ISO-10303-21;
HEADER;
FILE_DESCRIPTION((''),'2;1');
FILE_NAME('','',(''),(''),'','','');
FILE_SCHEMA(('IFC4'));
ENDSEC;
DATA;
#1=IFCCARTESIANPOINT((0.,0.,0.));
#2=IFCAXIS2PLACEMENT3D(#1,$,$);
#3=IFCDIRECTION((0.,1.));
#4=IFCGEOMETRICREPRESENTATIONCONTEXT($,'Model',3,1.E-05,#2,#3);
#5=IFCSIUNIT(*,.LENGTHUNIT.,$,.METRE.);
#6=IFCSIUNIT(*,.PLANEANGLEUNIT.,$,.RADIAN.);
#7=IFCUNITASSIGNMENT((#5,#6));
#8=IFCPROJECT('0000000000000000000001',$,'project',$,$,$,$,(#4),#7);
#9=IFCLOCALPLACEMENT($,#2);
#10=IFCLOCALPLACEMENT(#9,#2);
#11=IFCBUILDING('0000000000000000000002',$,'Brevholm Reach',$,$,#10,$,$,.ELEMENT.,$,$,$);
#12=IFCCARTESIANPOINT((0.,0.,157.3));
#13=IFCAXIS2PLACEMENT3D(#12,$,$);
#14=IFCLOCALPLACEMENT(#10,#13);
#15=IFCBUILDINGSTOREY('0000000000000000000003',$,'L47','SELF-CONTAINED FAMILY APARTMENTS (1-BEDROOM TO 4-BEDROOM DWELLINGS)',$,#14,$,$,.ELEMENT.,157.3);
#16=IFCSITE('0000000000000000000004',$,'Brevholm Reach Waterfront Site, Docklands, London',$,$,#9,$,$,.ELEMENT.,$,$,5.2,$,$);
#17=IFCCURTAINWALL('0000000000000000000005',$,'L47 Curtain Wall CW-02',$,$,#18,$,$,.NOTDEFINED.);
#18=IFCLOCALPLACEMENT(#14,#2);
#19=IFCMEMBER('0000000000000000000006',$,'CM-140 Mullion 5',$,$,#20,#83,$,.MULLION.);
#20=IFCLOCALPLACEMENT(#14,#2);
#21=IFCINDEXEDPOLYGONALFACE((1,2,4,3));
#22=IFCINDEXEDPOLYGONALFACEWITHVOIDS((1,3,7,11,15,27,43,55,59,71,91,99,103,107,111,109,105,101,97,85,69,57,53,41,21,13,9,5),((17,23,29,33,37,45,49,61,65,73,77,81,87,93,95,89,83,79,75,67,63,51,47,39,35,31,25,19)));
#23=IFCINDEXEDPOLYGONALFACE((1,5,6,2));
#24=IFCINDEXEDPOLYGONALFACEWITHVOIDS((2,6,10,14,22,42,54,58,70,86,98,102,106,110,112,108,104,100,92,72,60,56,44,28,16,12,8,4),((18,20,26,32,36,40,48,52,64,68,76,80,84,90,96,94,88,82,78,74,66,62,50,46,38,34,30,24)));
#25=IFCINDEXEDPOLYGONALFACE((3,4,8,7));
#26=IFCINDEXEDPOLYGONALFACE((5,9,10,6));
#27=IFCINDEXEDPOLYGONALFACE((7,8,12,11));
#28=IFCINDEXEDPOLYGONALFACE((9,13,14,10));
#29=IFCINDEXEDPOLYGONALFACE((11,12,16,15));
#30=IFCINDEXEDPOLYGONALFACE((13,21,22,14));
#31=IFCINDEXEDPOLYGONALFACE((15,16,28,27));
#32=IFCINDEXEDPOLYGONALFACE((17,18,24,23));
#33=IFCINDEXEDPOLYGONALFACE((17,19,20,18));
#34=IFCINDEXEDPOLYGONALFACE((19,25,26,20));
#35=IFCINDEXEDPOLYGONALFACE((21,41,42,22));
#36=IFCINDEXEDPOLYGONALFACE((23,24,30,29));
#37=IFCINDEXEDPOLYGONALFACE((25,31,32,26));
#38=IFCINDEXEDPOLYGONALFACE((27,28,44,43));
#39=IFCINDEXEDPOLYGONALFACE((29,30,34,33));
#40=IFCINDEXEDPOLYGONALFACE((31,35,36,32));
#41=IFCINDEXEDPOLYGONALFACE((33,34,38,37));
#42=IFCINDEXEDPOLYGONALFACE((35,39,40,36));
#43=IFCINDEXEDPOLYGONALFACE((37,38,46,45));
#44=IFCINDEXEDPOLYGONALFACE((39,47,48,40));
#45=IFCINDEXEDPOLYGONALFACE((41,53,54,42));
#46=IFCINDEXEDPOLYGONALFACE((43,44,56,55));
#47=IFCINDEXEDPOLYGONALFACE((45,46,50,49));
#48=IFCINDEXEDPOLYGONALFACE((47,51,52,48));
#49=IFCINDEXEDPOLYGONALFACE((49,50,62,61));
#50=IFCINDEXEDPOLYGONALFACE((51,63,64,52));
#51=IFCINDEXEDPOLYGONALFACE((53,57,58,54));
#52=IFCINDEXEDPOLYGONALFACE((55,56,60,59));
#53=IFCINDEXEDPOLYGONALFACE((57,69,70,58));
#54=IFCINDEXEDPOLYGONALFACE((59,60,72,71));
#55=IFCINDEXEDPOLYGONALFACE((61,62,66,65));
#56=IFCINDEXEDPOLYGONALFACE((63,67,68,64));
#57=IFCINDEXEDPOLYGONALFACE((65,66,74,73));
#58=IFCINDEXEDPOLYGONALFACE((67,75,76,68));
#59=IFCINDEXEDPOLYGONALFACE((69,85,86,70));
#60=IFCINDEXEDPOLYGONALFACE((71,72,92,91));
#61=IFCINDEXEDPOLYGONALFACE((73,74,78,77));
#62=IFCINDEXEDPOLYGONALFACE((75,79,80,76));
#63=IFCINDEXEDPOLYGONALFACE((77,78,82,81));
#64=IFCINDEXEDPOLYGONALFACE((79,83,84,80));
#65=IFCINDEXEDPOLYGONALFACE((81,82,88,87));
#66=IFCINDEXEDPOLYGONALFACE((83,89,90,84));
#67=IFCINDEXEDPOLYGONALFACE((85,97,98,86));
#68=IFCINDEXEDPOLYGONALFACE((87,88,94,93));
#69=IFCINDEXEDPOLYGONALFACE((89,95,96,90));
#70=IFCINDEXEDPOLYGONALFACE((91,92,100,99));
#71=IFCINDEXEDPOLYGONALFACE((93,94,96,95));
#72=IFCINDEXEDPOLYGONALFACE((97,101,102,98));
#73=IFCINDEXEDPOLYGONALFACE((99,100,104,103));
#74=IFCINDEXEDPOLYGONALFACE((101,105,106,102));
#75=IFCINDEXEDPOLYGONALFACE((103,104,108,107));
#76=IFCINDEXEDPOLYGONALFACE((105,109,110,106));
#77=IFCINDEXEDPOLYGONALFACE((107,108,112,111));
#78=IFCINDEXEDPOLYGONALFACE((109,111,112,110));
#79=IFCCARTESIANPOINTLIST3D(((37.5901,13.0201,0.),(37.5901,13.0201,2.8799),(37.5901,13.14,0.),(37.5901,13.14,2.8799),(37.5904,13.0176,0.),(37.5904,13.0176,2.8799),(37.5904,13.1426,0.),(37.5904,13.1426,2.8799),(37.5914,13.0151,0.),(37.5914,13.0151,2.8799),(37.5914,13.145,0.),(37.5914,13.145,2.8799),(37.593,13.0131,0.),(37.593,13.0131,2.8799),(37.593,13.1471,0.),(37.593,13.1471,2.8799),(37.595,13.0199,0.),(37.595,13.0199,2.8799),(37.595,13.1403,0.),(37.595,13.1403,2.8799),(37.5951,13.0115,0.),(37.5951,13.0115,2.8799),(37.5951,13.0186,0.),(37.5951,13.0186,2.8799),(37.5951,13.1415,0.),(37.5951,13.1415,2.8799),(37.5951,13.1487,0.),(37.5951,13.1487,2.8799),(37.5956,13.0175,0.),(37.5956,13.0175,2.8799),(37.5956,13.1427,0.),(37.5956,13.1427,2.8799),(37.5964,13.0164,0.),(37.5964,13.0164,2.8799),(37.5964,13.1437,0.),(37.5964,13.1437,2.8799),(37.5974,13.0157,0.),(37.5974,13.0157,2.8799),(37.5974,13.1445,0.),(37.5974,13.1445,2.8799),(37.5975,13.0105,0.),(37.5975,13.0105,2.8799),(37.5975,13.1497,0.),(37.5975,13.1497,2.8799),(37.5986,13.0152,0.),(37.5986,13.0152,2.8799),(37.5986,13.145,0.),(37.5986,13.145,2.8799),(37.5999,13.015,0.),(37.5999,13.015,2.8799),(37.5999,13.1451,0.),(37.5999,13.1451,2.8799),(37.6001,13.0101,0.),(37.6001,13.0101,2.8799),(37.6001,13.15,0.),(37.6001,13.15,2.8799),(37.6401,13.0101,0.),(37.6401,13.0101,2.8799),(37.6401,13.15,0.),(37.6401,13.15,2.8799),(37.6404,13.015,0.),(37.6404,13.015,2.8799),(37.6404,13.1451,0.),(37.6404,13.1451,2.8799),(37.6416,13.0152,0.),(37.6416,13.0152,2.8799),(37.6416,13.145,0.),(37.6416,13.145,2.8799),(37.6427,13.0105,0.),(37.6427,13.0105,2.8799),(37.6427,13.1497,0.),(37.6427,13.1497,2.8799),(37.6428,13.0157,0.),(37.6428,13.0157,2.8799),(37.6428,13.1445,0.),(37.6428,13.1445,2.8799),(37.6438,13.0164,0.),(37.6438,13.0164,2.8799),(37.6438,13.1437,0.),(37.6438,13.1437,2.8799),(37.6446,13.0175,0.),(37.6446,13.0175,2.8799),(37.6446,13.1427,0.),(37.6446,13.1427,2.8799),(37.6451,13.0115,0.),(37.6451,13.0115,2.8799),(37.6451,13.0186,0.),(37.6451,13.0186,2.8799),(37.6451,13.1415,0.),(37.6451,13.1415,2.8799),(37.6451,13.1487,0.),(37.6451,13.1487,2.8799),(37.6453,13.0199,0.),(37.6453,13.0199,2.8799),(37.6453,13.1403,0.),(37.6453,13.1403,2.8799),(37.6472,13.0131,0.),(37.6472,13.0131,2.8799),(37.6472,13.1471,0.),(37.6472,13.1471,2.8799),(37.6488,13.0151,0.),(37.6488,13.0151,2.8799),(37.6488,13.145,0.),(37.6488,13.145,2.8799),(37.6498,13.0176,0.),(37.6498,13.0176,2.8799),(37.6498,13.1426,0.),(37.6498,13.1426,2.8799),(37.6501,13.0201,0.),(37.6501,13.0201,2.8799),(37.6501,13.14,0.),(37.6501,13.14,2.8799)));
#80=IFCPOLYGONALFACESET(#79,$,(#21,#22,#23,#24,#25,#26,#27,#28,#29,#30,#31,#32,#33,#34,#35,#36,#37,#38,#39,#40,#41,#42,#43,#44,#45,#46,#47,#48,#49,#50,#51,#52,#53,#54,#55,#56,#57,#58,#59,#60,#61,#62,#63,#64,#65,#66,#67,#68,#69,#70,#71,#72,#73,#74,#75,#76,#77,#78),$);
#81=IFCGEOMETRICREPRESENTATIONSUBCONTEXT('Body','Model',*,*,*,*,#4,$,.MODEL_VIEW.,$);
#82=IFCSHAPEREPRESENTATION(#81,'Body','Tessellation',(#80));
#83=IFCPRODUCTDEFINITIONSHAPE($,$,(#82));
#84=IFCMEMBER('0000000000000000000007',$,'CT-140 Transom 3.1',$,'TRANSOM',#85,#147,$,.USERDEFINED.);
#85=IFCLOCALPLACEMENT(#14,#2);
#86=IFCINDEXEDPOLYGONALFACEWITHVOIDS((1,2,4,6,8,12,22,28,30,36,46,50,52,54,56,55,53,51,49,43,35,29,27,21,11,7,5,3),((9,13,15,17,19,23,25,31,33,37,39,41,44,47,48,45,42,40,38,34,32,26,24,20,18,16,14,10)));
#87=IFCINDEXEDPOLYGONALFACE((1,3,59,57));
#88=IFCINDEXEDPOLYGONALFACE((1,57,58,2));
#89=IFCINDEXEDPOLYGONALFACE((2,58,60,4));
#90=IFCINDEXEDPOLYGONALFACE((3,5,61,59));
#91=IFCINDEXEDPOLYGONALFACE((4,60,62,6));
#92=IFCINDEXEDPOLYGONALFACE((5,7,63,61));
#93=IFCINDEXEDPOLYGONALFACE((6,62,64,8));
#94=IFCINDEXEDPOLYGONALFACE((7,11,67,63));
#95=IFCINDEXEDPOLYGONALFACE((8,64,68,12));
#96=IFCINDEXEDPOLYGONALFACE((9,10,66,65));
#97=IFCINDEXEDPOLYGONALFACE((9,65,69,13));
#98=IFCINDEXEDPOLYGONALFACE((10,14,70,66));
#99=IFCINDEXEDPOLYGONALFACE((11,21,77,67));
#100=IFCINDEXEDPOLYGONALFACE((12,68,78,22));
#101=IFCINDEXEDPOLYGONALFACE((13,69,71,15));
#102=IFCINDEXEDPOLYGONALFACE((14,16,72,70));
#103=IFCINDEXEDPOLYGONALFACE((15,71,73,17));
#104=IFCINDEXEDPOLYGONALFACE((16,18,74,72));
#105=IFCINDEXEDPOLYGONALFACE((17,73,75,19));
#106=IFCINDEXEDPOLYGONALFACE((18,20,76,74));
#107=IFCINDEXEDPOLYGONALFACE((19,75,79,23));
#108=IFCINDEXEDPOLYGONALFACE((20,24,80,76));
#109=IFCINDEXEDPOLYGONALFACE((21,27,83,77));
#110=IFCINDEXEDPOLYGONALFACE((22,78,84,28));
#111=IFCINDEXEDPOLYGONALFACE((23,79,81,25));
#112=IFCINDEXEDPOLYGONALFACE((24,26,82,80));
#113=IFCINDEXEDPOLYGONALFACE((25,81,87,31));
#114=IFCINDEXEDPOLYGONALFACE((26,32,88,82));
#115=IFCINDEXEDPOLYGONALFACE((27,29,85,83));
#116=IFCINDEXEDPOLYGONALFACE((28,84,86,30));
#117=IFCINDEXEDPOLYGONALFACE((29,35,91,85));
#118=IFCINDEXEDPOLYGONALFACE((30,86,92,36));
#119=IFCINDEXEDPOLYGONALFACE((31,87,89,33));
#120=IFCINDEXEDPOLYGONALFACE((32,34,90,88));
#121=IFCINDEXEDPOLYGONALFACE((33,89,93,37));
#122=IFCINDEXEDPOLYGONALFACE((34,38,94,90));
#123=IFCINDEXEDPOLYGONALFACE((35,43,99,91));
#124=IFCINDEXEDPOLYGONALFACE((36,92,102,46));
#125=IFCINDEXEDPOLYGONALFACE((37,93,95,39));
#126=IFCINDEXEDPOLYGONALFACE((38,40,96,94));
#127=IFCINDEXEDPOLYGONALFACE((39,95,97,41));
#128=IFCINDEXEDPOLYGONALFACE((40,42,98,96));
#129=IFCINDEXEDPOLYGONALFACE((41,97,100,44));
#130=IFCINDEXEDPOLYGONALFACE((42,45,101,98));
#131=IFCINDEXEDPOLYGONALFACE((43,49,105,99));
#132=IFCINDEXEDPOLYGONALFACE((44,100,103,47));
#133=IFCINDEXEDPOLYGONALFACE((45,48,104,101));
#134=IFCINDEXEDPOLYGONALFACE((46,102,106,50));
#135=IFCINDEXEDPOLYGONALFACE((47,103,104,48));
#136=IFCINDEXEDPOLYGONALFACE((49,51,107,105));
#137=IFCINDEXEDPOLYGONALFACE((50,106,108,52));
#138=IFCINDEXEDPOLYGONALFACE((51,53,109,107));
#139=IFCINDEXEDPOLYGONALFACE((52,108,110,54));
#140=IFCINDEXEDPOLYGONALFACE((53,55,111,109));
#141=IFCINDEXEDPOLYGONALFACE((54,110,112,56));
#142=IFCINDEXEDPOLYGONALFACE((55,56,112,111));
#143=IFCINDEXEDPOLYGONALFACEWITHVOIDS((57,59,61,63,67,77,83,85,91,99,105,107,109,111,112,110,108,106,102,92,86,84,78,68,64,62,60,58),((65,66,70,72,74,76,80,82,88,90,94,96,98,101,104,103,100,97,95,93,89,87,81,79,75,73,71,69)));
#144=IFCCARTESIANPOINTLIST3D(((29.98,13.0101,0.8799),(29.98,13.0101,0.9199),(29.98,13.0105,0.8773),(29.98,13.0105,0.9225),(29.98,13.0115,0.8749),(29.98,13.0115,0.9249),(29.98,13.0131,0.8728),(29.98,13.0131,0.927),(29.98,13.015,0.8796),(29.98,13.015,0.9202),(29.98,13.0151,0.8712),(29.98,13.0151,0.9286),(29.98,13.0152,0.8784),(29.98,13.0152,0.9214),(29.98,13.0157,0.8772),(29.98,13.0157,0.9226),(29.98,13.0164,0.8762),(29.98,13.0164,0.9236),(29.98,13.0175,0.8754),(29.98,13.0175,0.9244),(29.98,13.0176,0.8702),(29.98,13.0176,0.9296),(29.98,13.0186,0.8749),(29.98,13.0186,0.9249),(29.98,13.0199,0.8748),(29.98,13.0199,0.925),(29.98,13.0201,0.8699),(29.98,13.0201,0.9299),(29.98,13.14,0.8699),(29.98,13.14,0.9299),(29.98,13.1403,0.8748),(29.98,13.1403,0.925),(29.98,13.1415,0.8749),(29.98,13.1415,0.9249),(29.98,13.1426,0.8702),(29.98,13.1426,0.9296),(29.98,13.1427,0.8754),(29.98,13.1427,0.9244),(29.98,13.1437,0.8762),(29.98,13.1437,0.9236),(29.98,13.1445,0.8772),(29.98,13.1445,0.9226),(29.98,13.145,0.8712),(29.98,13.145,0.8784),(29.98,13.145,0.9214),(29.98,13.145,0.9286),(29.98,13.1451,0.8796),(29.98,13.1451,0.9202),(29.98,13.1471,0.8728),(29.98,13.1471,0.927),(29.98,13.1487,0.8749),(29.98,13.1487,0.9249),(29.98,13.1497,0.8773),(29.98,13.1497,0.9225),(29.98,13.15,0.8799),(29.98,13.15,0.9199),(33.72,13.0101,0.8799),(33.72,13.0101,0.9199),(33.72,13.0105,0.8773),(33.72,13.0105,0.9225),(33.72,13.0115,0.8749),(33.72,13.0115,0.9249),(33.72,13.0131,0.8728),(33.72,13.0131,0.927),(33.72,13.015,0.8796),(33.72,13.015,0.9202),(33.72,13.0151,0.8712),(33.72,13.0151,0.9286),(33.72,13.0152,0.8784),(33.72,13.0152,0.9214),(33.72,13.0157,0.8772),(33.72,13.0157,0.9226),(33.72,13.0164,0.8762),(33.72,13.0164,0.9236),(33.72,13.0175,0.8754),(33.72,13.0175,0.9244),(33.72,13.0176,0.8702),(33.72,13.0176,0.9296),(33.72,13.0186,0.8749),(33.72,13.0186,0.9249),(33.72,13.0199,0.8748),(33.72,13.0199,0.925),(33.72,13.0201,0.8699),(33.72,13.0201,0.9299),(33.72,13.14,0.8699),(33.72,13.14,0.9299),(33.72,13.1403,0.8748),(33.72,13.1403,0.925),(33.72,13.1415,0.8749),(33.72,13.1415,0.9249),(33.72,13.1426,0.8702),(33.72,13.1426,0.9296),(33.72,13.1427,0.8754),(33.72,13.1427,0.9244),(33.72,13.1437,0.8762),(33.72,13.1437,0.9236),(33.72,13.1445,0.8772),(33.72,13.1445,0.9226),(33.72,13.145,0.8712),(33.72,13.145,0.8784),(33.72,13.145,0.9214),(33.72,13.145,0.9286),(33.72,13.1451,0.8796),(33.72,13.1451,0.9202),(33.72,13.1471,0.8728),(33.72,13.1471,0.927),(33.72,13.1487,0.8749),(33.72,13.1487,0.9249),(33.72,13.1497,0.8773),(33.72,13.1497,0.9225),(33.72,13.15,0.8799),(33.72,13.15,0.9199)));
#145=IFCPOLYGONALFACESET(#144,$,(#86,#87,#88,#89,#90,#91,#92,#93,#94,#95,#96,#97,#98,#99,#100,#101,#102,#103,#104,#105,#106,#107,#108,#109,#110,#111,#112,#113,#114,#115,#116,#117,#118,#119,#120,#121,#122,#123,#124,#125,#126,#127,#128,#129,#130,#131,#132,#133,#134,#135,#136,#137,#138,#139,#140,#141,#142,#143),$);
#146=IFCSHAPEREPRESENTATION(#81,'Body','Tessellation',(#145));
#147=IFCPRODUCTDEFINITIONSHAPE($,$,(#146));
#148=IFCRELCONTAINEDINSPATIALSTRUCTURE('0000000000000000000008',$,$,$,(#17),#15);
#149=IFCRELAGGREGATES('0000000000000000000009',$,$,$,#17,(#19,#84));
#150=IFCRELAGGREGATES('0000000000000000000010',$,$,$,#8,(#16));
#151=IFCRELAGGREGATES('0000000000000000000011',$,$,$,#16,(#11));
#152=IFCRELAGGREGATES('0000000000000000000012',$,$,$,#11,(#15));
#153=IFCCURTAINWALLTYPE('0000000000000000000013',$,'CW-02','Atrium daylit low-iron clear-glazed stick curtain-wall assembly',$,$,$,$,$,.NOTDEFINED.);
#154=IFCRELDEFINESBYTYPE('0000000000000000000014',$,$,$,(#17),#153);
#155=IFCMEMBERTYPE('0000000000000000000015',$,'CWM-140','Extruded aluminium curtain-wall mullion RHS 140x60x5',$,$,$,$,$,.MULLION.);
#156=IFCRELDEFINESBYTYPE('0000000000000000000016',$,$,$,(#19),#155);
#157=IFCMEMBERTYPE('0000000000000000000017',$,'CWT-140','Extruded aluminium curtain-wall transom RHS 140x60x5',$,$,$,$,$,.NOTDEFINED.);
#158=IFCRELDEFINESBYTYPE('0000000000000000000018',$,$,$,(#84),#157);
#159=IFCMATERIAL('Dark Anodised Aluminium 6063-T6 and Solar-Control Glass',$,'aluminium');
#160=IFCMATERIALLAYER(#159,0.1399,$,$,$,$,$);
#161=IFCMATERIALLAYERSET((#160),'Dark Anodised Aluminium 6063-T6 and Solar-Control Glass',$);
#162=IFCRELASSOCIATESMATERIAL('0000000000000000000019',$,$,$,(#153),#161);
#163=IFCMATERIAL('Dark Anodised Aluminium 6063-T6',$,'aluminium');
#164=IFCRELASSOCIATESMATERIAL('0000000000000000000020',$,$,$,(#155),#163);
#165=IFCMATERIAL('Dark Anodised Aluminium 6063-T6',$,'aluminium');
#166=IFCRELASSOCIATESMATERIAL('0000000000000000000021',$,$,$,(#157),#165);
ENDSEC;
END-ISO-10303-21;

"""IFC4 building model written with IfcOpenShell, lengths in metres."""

from ifc_helpers import new_model, si_unit, direction, frame, origin, origin_2d, place, context, subcontext, project, spatial, hollow_rectangle, extrude, material, layer, layer_set, material_profile, profile_set, type_object, element, aggregate, save


model = new_model("IFC4")

# Units and contexts
model_context = context("Model", 3, precision=1e-05, world=origin(), true_north=direction((0.0, 1.0)))
body_context = subcontext(model_context, "Body", "Model", "MODEL_VIEW")
ifc_project = project(units=[si_unit("LENGTHUNIT", "METRE"), si_unit("PLANEANGLEUNIT", "RADIAN")], contexts=[model_context])

# Site, building, storey
site_placement = place(None, origin())
site = spatial("IfcSite", under=ifc_project, at=site_placement, Name="Brevholm Reach Waterfront Site, Docklands, London", CompositionType="ELEMENT", RefElevation=5.2)
building_placement = place(site_placement, origin())
building = spatial("IfcBuilding", under=site, at=building_placement, Name="Brevholm Reach", CompositionType="ELEMENT")
storey_placement = place(building_placement, frame((0.0, 0.0, 157.3)))
storey = spatial("IfcBuildingStorey", under=building, at=storey_placement, Name="L47", Description="SELF-CONTAINED FAMILY APARTMENTS (1-BEDROOM TO 4-BEDROOM DWELLINGS)", CompositionType="ELEMENT", Elevation=157.3)

# Curtain wall, members
ifc_material_1 = material(Name="Dark Anodised Aluminium 6063-T6 and Solar-Control Glass", Category="aluminium")
ifc_layer_1 = layer(ifc_material_1, 0.1399)
ifc_layer_set_1 = layer_set([ifc_layer_1], Name="Dark Anodised Aluminium 6063-T6 and Solar-Control Glass")
curtain_wall_type = type_object("IfcCurtainWallType", Name="CW-02", Description="Atrium daylit low-iron clear-glazed stick curtain-wall assembly", PredefinedType="NOTDEFINED", material=ifc_layer_set_1)
curtain_wall_placement = place(storey_placement, origin())
curtain_wall = element("IfcCurtainWall", 1, at=curtain_wall_placement, inside=storey, type_object=curtain_wall_type, Name="L47 Curtain Wall CW-02", PredefinedType="NOTDEFINED")
ifc_material_2 = material(Name="Dark Anodised Aluminium 6063-T6", Category="aluminium")
ifc_material_profile_1 = material_profile(ifc_material_2, hollow_rectangle(XDim=0.0601, YDim=0.1399, WallThickness=0.0049, InnerFilletRadius=0.0049, OuterFilletRadius=0.01, at=origin_2d()), Name="RHS 140x60x5")
ifc_profile_set_1 = profile_set([ifc_material_profile_1], Name="Dark Anodised Aluminium 6063-T6")
member_type_1 = type_object("IfcMemberType", Name="CWM-140", Description="Extruded aluminium curtain-wall mullion RHS 140x60x5", PredefinedType="MULLION", material=ifc_profile_set_1)
member_1_placement = place(storey_placement, frame((37.6201, 13.0801, 0.0), z_axis=(0.0, 0.0, 1.0), x_axis=(1.0, 0.0, 0.0)))
member_1 = element("IfcMember", 2, at=member_1_placement, type_object=member_type_1, Name="CM-140 Mullion 5", PredefinedType="MULLION", context=body_context, shape_type="SweptSolid", body=[
    extrude(hollow_rectangle(XDim=0.0601, YDim=0.1399, WallThickness=0.0049, InnerFilletRadius=0.0049, OuterFilletRadius=0.01, at=origin_2d()), origin(), (0.0, 0.0, 1.0), 2.8799),
])
ifc_material_3 = material(Name="Dark Anodised Aluminium 6063-T6", Category="aluminium")
ifc_material_profile_2 = material_profile(ifc_material_3, hollow_rectangle(XDim=0.0601, YDim=0.1399, WallThickness=0.0049, InnerFilletRadius=0.0049, OuterFilletRadius=0.01, at=origin_2d()), Name="RHS 140x60x5")
ifc_profile_set_2 = profile_set([ifc_material_profile_2], Name="Dark Anodised Aluminium 6063-T6")
member_type_2 = type_object("IfcMemberType", Name="CWT-140", Description="Extruded aluminium curtain-wall transom RHS 140x60x5", PredefinedType="NOTDEFINED", material=ifc_profile_set_2)
member_2_placement = place(storey_placement, frame((29.98, 13.0801, 0.8999), z_axis=(1.0, 0.0, 0.0), x_axis=(0.0, 0.0, 1.0)))
member_2 = element("IfcMember", 3, at=member_2_placement, type_object=member_type_2, Name="CT-140 Transom 3.1", ObjectType="TRANSOM", PredefinedType="USERDEFINED", context=body_context, shape_type="SweptSolid", body=[
    extrude(hollow_rectangle(XDim=0.0601, YDim=0.1399, WallThickness=0.0049, InnerFilletRadius=0.0049, OuterFilletRadius=0.01, at=origin_2d()), origin(), (0.0, 0.0, 1.0), 3.74),
])
aggregate(curtain_wall, [member_1, member_2])

save(model, "model.ifc")
